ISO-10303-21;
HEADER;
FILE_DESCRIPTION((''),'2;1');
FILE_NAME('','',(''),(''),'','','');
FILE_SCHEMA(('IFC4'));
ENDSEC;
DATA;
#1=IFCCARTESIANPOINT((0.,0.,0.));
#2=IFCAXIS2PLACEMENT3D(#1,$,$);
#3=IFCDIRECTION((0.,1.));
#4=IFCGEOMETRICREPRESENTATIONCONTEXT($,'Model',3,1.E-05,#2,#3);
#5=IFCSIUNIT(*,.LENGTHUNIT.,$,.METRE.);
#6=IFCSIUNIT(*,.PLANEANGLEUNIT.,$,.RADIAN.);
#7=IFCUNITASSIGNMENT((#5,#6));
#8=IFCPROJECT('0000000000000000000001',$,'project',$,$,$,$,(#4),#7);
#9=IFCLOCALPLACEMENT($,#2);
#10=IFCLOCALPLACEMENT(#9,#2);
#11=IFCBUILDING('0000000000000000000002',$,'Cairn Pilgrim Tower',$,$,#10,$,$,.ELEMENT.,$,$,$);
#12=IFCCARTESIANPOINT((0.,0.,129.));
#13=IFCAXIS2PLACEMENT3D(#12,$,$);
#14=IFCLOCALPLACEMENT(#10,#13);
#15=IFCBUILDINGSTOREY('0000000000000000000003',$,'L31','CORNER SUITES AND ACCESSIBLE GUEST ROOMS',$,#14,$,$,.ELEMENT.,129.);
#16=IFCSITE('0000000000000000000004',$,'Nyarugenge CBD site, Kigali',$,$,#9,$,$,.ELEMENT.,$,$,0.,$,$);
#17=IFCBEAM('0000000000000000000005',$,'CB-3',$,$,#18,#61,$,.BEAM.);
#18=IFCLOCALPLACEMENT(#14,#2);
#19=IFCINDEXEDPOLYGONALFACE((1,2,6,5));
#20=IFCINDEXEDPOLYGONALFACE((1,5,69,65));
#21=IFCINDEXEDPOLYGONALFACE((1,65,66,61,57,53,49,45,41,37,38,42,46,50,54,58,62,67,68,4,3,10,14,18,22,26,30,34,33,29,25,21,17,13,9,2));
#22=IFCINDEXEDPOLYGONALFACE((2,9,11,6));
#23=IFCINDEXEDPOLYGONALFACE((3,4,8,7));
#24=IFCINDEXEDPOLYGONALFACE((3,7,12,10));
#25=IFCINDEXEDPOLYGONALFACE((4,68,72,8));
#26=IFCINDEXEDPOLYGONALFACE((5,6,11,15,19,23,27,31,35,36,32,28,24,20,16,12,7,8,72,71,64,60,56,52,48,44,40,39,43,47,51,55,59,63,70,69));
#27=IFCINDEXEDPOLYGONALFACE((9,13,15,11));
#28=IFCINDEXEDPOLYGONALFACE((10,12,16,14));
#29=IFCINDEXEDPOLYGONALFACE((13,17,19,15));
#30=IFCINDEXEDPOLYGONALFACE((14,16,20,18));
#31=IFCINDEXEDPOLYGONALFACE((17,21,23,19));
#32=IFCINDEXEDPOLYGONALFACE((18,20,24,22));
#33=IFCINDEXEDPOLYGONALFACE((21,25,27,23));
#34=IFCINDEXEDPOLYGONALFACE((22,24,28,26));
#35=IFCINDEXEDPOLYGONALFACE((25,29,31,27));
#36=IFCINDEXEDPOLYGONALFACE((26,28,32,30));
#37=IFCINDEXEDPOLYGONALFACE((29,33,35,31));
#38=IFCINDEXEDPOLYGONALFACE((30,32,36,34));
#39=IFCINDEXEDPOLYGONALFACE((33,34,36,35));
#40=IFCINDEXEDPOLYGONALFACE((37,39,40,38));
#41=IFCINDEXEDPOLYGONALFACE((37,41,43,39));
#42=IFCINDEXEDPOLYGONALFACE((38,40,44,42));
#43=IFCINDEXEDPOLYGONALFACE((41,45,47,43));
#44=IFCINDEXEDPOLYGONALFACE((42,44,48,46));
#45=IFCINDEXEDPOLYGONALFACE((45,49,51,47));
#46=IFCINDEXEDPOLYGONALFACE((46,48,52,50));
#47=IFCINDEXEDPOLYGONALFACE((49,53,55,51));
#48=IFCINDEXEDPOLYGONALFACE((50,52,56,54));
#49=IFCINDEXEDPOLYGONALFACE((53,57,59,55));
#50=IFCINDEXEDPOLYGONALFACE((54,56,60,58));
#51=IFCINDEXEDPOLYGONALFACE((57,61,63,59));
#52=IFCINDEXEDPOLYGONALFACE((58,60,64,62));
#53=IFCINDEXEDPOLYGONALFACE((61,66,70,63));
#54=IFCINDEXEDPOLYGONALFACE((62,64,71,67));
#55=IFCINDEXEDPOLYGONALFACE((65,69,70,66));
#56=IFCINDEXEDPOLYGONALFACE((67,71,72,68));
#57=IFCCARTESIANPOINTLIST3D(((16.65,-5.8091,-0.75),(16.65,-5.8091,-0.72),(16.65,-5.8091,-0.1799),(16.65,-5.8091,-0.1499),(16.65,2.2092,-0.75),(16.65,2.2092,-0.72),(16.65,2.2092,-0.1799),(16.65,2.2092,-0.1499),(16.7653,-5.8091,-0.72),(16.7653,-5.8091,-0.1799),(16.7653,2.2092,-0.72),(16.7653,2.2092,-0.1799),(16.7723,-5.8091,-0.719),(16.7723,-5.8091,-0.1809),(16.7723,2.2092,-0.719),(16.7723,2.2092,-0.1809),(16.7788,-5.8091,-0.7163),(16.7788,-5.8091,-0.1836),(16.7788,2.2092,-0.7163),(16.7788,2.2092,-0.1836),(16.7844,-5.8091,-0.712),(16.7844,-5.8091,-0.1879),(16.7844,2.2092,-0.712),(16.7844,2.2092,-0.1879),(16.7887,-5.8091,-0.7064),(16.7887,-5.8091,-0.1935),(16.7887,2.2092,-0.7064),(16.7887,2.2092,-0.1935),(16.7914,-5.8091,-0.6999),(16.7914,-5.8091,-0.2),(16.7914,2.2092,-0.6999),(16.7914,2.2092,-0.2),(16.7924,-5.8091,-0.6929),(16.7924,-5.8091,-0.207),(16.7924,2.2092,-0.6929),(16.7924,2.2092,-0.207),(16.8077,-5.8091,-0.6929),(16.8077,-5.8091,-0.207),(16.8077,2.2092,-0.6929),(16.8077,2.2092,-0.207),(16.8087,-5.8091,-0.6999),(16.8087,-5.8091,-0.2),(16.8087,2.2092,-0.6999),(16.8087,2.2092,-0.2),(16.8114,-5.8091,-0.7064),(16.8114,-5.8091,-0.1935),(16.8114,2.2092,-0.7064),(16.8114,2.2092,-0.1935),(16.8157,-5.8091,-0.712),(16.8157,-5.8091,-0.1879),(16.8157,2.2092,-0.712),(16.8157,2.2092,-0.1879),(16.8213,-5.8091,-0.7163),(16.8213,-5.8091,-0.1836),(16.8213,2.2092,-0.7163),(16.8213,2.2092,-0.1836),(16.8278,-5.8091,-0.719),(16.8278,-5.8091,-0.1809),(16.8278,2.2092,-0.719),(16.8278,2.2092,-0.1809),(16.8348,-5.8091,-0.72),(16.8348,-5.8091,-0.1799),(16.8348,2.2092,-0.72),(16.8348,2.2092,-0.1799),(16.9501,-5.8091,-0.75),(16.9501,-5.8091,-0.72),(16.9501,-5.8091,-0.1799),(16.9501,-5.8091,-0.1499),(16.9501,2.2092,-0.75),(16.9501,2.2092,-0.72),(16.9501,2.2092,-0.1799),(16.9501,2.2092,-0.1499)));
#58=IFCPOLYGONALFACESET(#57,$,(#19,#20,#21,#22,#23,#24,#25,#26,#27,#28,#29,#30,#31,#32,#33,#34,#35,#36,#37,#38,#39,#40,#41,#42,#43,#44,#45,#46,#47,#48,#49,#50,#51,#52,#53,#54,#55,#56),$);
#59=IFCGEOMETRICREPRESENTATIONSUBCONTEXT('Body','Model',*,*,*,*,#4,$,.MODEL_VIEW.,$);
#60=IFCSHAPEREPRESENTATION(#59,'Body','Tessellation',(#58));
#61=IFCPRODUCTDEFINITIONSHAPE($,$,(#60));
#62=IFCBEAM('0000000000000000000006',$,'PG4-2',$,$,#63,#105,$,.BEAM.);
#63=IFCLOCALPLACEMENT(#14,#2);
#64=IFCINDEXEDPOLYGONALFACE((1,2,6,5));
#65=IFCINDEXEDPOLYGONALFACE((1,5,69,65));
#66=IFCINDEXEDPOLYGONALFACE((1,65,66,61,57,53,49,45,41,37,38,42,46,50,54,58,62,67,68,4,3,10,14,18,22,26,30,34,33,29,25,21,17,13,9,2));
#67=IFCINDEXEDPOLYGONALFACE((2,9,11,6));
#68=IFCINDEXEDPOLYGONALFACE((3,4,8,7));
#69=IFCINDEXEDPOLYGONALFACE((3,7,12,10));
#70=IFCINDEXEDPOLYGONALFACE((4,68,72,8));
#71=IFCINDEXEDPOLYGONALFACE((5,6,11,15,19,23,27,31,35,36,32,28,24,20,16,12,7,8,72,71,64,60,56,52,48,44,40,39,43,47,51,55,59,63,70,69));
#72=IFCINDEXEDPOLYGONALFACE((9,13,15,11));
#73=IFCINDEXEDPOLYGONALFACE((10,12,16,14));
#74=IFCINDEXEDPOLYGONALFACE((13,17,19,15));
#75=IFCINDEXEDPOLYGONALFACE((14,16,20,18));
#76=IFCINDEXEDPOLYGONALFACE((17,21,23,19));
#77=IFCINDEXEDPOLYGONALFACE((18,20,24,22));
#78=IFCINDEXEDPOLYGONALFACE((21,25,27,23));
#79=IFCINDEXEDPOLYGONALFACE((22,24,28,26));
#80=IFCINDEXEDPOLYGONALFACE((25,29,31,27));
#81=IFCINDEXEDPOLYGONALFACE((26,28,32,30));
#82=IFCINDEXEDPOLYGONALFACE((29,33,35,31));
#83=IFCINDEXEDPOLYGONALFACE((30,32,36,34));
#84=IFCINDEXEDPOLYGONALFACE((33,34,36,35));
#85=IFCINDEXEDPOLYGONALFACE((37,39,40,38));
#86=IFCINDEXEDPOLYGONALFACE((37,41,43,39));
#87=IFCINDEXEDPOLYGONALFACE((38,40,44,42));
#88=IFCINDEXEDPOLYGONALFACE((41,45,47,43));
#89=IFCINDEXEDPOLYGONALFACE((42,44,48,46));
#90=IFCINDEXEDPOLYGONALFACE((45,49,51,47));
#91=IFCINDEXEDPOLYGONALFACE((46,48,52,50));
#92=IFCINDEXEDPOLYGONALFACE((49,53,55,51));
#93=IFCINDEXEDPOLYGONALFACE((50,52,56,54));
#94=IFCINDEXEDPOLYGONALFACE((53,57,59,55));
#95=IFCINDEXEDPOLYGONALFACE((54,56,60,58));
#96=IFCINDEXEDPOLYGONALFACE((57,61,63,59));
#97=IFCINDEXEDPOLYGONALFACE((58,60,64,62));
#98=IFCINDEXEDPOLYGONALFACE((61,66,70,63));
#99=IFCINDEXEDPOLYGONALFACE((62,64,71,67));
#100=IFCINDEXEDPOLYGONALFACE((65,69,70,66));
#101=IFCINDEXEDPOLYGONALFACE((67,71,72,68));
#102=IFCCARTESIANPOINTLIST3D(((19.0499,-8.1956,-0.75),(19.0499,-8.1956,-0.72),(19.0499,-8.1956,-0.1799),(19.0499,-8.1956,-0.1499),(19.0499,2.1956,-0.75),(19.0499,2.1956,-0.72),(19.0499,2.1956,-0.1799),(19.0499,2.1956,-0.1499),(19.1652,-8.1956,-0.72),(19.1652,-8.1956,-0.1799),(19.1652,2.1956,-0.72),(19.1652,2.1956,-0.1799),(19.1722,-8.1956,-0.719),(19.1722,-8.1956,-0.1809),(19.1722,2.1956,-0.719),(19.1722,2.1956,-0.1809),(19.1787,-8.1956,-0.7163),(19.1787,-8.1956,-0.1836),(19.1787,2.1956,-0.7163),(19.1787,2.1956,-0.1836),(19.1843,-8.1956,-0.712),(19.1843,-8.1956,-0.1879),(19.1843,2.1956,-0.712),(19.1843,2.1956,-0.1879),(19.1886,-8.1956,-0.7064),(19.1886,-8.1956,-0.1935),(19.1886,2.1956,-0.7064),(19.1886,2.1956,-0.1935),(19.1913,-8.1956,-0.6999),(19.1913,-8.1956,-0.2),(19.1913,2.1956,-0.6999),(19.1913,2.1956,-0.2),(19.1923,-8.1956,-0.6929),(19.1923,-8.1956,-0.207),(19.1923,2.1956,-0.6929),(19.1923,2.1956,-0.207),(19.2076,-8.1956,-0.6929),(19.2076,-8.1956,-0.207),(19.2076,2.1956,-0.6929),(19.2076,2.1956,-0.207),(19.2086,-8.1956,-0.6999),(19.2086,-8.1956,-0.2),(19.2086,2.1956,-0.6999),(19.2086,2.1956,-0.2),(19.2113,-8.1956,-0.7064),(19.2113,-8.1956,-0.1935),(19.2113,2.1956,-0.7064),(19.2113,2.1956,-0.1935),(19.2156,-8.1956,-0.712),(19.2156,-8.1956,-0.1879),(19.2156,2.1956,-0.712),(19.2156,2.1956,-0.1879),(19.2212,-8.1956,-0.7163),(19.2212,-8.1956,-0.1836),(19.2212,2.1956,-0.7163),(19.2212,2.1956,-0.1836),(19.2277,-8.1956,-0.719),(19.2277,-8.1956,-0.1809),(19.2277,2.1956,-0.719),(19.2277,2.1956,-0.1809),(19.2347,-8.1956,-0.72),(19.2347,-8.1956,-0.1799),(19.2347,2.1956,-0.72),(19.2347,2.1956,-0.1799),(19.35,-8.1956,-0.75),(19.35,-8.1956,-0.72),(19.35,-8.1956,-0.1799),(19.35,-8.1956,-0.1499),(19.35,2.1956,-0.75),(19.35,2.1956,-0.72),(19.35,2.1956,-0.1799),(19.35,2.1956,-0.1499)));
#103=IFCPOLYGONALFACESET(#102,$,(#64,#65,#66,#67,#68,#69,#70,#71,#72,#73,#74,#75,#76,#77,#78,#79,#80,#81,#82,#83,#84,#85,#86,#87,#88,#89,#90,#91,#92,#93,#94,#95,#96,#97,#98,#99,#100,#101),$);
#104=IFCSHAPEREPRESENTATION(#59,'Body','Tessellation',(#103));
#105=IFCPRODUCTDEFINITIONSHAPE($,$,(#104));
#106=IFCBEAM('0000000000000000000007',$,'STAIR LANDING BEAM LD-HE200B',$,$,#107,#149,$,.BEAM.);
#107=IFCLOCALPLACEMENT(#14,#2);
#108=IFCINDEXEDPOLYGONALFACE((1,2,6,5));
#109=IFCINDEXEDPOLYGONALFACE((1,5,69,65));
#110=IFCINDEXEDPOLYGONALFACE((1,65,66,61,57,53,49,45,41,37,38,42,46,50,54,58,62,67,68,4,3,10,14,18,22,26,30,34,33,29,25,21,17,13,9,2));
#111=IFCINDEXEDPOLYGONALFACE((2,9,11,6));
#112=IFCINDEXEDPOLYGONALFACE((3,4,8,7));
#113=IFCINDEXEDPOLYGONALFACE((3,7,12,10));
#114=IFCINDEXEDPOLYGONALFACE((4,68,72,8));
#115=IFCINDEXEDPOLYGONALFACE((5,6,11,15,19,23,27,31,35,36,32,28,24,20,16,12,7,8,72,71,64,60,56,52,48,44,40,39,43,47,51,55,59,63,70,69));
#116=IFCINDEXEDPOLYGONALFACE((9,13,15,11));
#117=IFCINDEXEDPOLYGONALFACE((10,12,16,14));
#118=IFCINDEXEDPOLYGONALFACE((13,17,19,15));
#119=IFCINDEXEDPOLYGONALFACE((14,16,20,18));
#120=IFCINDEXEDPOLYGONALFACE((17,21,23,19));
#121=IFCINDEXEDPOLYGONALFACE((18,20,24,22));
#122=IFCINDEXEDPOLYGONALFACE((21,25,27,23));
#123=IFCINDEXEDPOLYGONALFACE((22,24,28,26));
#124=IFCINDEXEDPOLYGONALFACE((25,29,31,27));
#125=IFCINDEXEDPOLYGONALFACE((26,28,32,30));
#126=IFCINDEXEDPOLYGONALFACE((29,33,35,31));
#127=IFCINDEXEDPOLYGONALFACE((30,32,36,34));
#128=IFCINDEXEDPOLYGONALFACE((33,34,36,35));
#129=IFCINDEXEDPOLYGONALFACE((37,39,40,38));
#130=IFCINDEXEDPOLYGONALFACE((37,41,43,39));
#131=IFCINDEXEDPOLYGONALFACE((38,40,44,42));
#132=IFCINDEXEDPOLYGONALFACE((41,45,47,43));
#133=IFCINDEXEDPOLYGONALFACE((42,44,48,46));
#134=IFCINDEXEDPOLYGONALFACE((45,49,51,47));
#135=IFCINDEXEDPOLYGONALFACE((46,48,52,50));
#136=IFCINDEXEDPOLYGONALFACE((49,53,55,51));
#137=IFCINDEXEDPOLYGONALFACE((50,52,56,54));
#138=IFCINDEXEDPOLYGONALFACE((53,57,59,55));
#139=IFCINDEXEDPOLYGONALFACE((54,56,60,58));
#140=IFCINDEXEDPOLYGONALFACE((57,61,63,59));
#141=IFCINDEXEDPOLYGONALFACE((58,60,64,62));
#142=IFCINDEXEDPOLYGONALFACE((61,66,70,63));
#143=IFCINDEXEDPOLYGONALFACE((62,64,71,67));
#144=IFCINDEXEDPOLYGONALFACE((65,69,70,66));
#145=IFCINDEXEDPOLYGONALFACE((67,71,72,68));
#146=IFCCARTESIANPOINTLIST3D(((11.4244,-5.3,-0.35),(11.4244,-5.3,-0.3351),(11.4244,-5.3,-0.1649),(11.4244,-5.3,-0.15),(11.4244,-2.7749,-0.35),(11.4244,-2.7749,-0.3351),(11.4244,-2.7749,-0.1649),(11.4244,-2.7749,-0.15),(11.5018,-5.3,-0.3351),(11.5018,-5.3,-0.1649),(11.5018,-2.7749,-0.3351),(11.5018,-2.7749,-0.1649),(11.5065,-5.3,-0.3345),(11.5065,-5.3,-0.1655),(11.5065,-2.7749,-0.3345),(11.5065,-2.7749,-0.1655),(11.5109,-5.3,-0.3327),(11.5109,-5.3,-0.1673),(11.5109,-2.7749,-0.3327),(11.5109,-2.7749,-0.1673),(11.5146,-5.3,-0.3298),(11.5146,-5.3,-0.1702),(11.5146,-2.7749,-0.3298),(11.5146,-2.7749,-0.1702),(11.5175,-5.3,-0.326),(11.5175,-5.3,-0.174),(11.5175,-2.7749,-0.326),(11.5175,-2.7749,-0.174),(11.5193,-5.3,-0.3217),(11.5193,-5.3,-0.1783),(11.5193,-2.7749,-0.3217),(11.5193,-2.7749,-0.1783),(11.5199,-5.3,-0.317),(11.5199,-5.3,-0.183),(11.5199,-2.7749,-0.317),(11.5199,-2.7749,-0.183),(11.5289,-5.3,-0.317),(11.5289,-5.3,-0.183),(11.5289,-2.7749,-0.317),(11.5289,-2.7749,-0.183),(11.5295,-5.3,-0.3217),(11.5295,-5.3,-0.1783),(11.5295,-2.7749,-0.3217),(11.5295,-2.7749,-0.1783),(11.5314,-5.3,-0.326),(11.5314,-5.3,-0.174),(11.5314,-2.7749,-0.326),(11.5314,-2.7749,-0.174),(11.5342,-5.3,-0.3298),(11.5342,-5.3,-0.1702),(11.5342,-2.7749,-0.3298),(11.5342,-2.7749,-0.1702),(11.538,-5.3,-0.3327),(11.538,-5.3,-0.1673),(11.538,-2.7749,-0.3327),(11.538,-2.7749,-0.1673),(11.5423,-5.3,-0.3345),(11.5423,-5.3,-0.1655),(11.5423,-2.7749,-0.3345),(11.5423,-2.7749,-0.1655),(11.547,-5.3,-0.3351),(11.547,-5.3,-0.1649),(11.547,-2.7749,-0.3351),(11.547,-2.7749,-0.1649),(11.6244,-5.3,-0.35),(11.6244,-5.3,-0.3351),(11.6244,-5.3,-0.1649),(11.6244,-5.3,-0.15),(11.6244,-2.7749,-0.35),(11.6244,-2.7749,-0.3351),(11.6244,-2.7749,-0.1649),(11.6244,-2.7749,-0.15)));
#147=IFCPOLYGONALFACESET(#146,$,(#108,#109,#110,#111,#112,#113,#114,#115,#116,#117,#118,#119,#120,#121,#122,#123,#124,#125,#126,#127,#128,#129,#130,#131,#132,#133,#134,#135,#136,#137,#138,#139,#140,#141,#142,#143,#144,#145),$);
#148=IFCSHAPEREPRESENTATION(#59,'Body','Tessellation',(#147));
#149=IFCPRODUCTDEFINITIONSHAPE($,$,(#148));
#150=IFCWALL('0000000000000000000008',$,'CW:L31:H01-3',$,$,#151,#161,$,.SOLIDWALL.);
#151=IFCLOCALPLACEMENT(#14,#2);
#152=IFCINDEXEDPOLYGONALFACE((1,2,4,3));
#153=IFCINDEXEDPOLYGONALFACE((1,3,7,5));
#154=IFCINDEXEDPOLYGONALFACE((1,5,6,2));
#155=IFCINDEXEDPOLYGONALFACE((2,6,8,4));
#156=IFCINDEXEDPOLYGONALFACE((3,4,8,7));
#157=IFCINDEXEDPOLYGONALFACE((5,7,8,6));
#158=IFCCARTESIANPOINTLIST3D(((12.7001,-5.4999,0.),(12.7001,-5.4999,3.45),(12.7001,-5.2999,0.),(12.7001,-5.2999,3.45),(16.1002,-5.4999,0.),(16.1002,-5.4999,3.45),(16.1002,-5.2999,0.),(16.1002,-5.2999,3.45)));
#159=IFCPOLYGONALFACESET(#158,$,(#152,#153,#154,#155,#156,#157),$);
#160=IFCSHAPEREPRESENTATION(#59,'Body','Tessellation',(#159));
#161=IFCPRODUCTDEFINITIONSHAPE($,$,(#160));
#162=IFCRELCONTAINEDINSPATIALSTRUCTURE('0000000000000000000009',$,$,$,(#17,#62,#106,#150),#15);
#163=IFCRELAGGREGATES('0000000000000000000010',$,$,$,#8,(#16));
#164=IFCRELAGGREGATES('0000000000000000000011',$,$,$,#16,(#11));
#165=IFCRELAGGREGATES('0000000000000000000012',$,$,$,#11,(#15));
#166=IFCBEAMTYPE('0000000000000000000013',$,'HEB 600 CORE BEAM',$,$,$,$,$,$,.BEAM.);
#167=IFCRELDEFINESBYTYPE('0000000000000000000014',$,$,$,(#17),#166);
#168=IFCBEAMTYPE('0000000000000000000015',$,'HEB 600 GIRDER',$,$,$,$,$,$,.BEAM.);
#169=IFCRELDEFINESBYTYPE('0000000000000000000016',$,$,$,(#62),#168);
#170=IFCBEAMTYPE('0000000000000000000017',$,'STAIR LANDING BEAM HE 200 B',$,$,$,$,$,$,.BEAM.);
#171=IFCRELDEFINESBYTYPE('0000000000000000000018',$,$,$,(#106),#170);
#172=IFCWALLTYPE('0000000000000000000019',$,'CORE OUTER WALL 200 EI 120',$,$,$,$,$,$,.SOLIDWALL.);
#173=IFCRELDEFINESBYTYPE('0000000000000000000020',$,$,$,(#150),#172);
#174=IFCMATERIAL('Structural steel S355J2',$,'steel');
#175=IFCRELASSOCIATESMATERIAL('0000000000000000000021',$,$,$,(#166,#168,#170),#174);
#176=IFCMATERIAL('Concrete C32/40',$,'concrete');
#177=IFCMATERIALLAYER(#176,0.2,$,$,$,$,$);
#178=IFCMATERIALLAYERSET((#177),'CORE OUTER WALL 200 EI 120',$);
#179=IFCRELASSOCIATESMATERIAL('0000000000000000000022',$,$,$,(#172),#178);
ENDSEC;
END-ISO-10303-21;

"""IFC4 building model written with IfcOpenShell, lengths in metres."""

from ifc_helpers import new_model, si_unit, direction, frame, frame_2d, origin, origin_2d, place, context, subcontext, project, spatial, rectangle, i_section, extrude, material, layer, layer_set, material_profile, profile_set, type_object, element, save


model = new_model("IFC4")

# Units and contexts
model_context = context("Model", 3, precision=1e-05, world=origin(), true_north=direction((0.0, 1.0)))
body_context = subcontext(model_context, "Body", "Model", "MODEL_VIEW")
ifc_project = project(units=[si_unit("LENGTHUNIT", "METRE"), si_unit("PLANEANGLEUNIT", "RADIAN")], contexts=[model_context])

# Site, building, storey
site_placement = place(None, origin())
site = spatial("IfcSite", under=ifc_project, at=site_placement, Name="Nyarugenge CBD site, Kigali", CompositionType="ELEMENT", RefElevation=0.0)
building_placement = place(site_placement, origin())
building = spatial("IfcBuilding", under=site, at=building_placement, Name="Cairn Pilgrim Tower", CompositionType="ELEMENT")
storey_placement = place(building_placement, frame((0.0, 0.0, 129.0)))
storey = spatial("IfcBuildingStorey", under=building, at=storey_placement, Name="L31", Description="CORNER SUITES AND ACCESSIBLE GUEST ROOMS", CompositionType="ELEMENT", Elevation=129.0)

# Beams
ifc_material_1 = material(Name="Structural steel S355J2", Category="steel")
ifc_material_profile_1 = material_profile(ifc_material_1, i_section(OverallWidth=0.3, OverallDepth=0.6001, WebThickness=0.0154, FlangeThickness=0.03, FilletRadius=0.0271, at=origin_2d()), Name="HEB 600")
ifc_profile_set_1 = profile_set([ifc_material_profile_1], Name="Structural steel S355J2")
beam_type_1 = type_object("IfcBeamType", Name="HEB 600 CORE BEAM", PredefinedType="BEAM", material=ifc_profile_set_1)
beam_1_placement = place(storey_placement, frame((16.8, -5.8091, -0.45), z_axis=(0.0, 1.0, 0.0), x_axis=(-1.0, 0.0, 0.0)))
element("IfcBeam", 1, at=beam_1_placement, inside=storey, type_object=beam_type_1, Name="CB-3", PredefinedType="BEAM", context=body_context, shape_type="SweptSolid", body=[
    extrude(i_section(OverallWidth=0.3, OverallDepth=0.6001, WebThickness=0.0154, FlangeThickness=0.03, FilletRadius=0.0271, at=origin_2d()), origin(), (0.0, 0.0, 1.0), 8.0183),
])
ifc_material_profile_2 = material_profile(ifc_material_1, i_section(OverallWidth=0.3, OverallDepth=0.6001, WebThickness=0.0154, FlangeThickness=0.03, FilletRadius=0.0271, at=origin_2d()), Name="HEB 600")
ifc_profile_set_2 = profile_set([ifc_material_profile_2], Name="Structural steel S355J2")
beam_type_2 = type_object("IfcBeamType", Name="HEB 600 GIRDER", PredefinedType="BEAM", material=ifc_profile_set_2)
beam_2_placement = place(storey_placement, frame((19.2, -8.1956, -0.45), z_axis=(0.0, 1.0, 0.0), x_axis=(-1.0, 0.0, 0.0)))
element("IfcBeam", 2, at=beam_2_placement, inside=storey, type_object=beam_type_2, Name="PG4-2", PredefinedType="BEAM", context=body_context, shape_type="SweptSolid", body=[
    extrude(i_section(OverallWidth=0.3, OverallDepth=0.6001, WebThickness=0.0154, FlangeThickness=0.03, FilletRadius=0.0271, at=origin_2d()), origin(), (0.0, 0.0, 1.0), 10.3911),
])
ifc_material_profile_3 = material_profile(ifc_material_1, i_section(OverallWidth=0.2, OverallDepth=0.2, WebThickness=0.009, FlangeThickness=0.0149, FilletRadius=0.0181, at=origin_2d()), Name="HE 200 B")
ifc_profile_set_3 = profile_set([ifc_material_profile_3], Name="Structural steel S355J2")
beam_type_3 = type_object("IfcBeamType", Name="STAIR LANDING BEAM HE 200 B", PredefinedType="BEAM", material=ifc_profile_set_3)
beam_3_placement = place(storey_placement, frame((11.5244, -2.7749, -0.25), z_axis=(0.0, -1.0, 0.0), x_axis=(1.0, 0.0, 0.0)))
element("IfcBeam", 3, at=beam_3_placement, inside=storey, type_object=beam_type_3, Name="STAIR LANDING BEAM LD-HE200B", PredefinedType="BEAM", context=body_context, shape_type="SweptSolid", body=[
    extrude(i_section(OverallWidth=0.2, OverallDepth=0.2, WebThickness=0.009, FlangeThickness=0.0149, FilletRadius=0.0181, at=origin_2d()), origin(), (0.0, 0.0, 1.0), 2.5251),
])

# Wall
ifc_material_2 = material(Name="Concrete C32/40", Category="concrete")
ifc_layer_1 = layer(ifc_material_2, 0.2)
ifc_layer_set_1 = layer_set([ifc_layer_1], Name="CORE OUTER WALL 200 EI 120")
wall_type_1 = type_object("IfcWallType", Name="CORE OUTER WALL 200 EI 120", PredefinedType="SOLIDWALL", material=ifc_layer_set_1)
wall_1_placement = place(storey_placement, frame((12.7, -5.3999, 0.0), z_axis=(0.0, 0.0, 1.0), x_axis=(1.0, 0.0, 0.0)))
element("IfcWall", 4, at=wall_1_placement, inside=storey, type_object=wall_type_1, Name="CW:L31:H01-3", PredefinedType="SOLIDWALL", context=body_context, shape_type="SweptSolid", body=[
    extrude(rectangle(XDim=3.4001, YDim=0.2, at=frame_2d((1.7002, 0.0))), origin(), (0.0, 0.0, 1.0), 3.45),
])

save(model, "model.ifc")
